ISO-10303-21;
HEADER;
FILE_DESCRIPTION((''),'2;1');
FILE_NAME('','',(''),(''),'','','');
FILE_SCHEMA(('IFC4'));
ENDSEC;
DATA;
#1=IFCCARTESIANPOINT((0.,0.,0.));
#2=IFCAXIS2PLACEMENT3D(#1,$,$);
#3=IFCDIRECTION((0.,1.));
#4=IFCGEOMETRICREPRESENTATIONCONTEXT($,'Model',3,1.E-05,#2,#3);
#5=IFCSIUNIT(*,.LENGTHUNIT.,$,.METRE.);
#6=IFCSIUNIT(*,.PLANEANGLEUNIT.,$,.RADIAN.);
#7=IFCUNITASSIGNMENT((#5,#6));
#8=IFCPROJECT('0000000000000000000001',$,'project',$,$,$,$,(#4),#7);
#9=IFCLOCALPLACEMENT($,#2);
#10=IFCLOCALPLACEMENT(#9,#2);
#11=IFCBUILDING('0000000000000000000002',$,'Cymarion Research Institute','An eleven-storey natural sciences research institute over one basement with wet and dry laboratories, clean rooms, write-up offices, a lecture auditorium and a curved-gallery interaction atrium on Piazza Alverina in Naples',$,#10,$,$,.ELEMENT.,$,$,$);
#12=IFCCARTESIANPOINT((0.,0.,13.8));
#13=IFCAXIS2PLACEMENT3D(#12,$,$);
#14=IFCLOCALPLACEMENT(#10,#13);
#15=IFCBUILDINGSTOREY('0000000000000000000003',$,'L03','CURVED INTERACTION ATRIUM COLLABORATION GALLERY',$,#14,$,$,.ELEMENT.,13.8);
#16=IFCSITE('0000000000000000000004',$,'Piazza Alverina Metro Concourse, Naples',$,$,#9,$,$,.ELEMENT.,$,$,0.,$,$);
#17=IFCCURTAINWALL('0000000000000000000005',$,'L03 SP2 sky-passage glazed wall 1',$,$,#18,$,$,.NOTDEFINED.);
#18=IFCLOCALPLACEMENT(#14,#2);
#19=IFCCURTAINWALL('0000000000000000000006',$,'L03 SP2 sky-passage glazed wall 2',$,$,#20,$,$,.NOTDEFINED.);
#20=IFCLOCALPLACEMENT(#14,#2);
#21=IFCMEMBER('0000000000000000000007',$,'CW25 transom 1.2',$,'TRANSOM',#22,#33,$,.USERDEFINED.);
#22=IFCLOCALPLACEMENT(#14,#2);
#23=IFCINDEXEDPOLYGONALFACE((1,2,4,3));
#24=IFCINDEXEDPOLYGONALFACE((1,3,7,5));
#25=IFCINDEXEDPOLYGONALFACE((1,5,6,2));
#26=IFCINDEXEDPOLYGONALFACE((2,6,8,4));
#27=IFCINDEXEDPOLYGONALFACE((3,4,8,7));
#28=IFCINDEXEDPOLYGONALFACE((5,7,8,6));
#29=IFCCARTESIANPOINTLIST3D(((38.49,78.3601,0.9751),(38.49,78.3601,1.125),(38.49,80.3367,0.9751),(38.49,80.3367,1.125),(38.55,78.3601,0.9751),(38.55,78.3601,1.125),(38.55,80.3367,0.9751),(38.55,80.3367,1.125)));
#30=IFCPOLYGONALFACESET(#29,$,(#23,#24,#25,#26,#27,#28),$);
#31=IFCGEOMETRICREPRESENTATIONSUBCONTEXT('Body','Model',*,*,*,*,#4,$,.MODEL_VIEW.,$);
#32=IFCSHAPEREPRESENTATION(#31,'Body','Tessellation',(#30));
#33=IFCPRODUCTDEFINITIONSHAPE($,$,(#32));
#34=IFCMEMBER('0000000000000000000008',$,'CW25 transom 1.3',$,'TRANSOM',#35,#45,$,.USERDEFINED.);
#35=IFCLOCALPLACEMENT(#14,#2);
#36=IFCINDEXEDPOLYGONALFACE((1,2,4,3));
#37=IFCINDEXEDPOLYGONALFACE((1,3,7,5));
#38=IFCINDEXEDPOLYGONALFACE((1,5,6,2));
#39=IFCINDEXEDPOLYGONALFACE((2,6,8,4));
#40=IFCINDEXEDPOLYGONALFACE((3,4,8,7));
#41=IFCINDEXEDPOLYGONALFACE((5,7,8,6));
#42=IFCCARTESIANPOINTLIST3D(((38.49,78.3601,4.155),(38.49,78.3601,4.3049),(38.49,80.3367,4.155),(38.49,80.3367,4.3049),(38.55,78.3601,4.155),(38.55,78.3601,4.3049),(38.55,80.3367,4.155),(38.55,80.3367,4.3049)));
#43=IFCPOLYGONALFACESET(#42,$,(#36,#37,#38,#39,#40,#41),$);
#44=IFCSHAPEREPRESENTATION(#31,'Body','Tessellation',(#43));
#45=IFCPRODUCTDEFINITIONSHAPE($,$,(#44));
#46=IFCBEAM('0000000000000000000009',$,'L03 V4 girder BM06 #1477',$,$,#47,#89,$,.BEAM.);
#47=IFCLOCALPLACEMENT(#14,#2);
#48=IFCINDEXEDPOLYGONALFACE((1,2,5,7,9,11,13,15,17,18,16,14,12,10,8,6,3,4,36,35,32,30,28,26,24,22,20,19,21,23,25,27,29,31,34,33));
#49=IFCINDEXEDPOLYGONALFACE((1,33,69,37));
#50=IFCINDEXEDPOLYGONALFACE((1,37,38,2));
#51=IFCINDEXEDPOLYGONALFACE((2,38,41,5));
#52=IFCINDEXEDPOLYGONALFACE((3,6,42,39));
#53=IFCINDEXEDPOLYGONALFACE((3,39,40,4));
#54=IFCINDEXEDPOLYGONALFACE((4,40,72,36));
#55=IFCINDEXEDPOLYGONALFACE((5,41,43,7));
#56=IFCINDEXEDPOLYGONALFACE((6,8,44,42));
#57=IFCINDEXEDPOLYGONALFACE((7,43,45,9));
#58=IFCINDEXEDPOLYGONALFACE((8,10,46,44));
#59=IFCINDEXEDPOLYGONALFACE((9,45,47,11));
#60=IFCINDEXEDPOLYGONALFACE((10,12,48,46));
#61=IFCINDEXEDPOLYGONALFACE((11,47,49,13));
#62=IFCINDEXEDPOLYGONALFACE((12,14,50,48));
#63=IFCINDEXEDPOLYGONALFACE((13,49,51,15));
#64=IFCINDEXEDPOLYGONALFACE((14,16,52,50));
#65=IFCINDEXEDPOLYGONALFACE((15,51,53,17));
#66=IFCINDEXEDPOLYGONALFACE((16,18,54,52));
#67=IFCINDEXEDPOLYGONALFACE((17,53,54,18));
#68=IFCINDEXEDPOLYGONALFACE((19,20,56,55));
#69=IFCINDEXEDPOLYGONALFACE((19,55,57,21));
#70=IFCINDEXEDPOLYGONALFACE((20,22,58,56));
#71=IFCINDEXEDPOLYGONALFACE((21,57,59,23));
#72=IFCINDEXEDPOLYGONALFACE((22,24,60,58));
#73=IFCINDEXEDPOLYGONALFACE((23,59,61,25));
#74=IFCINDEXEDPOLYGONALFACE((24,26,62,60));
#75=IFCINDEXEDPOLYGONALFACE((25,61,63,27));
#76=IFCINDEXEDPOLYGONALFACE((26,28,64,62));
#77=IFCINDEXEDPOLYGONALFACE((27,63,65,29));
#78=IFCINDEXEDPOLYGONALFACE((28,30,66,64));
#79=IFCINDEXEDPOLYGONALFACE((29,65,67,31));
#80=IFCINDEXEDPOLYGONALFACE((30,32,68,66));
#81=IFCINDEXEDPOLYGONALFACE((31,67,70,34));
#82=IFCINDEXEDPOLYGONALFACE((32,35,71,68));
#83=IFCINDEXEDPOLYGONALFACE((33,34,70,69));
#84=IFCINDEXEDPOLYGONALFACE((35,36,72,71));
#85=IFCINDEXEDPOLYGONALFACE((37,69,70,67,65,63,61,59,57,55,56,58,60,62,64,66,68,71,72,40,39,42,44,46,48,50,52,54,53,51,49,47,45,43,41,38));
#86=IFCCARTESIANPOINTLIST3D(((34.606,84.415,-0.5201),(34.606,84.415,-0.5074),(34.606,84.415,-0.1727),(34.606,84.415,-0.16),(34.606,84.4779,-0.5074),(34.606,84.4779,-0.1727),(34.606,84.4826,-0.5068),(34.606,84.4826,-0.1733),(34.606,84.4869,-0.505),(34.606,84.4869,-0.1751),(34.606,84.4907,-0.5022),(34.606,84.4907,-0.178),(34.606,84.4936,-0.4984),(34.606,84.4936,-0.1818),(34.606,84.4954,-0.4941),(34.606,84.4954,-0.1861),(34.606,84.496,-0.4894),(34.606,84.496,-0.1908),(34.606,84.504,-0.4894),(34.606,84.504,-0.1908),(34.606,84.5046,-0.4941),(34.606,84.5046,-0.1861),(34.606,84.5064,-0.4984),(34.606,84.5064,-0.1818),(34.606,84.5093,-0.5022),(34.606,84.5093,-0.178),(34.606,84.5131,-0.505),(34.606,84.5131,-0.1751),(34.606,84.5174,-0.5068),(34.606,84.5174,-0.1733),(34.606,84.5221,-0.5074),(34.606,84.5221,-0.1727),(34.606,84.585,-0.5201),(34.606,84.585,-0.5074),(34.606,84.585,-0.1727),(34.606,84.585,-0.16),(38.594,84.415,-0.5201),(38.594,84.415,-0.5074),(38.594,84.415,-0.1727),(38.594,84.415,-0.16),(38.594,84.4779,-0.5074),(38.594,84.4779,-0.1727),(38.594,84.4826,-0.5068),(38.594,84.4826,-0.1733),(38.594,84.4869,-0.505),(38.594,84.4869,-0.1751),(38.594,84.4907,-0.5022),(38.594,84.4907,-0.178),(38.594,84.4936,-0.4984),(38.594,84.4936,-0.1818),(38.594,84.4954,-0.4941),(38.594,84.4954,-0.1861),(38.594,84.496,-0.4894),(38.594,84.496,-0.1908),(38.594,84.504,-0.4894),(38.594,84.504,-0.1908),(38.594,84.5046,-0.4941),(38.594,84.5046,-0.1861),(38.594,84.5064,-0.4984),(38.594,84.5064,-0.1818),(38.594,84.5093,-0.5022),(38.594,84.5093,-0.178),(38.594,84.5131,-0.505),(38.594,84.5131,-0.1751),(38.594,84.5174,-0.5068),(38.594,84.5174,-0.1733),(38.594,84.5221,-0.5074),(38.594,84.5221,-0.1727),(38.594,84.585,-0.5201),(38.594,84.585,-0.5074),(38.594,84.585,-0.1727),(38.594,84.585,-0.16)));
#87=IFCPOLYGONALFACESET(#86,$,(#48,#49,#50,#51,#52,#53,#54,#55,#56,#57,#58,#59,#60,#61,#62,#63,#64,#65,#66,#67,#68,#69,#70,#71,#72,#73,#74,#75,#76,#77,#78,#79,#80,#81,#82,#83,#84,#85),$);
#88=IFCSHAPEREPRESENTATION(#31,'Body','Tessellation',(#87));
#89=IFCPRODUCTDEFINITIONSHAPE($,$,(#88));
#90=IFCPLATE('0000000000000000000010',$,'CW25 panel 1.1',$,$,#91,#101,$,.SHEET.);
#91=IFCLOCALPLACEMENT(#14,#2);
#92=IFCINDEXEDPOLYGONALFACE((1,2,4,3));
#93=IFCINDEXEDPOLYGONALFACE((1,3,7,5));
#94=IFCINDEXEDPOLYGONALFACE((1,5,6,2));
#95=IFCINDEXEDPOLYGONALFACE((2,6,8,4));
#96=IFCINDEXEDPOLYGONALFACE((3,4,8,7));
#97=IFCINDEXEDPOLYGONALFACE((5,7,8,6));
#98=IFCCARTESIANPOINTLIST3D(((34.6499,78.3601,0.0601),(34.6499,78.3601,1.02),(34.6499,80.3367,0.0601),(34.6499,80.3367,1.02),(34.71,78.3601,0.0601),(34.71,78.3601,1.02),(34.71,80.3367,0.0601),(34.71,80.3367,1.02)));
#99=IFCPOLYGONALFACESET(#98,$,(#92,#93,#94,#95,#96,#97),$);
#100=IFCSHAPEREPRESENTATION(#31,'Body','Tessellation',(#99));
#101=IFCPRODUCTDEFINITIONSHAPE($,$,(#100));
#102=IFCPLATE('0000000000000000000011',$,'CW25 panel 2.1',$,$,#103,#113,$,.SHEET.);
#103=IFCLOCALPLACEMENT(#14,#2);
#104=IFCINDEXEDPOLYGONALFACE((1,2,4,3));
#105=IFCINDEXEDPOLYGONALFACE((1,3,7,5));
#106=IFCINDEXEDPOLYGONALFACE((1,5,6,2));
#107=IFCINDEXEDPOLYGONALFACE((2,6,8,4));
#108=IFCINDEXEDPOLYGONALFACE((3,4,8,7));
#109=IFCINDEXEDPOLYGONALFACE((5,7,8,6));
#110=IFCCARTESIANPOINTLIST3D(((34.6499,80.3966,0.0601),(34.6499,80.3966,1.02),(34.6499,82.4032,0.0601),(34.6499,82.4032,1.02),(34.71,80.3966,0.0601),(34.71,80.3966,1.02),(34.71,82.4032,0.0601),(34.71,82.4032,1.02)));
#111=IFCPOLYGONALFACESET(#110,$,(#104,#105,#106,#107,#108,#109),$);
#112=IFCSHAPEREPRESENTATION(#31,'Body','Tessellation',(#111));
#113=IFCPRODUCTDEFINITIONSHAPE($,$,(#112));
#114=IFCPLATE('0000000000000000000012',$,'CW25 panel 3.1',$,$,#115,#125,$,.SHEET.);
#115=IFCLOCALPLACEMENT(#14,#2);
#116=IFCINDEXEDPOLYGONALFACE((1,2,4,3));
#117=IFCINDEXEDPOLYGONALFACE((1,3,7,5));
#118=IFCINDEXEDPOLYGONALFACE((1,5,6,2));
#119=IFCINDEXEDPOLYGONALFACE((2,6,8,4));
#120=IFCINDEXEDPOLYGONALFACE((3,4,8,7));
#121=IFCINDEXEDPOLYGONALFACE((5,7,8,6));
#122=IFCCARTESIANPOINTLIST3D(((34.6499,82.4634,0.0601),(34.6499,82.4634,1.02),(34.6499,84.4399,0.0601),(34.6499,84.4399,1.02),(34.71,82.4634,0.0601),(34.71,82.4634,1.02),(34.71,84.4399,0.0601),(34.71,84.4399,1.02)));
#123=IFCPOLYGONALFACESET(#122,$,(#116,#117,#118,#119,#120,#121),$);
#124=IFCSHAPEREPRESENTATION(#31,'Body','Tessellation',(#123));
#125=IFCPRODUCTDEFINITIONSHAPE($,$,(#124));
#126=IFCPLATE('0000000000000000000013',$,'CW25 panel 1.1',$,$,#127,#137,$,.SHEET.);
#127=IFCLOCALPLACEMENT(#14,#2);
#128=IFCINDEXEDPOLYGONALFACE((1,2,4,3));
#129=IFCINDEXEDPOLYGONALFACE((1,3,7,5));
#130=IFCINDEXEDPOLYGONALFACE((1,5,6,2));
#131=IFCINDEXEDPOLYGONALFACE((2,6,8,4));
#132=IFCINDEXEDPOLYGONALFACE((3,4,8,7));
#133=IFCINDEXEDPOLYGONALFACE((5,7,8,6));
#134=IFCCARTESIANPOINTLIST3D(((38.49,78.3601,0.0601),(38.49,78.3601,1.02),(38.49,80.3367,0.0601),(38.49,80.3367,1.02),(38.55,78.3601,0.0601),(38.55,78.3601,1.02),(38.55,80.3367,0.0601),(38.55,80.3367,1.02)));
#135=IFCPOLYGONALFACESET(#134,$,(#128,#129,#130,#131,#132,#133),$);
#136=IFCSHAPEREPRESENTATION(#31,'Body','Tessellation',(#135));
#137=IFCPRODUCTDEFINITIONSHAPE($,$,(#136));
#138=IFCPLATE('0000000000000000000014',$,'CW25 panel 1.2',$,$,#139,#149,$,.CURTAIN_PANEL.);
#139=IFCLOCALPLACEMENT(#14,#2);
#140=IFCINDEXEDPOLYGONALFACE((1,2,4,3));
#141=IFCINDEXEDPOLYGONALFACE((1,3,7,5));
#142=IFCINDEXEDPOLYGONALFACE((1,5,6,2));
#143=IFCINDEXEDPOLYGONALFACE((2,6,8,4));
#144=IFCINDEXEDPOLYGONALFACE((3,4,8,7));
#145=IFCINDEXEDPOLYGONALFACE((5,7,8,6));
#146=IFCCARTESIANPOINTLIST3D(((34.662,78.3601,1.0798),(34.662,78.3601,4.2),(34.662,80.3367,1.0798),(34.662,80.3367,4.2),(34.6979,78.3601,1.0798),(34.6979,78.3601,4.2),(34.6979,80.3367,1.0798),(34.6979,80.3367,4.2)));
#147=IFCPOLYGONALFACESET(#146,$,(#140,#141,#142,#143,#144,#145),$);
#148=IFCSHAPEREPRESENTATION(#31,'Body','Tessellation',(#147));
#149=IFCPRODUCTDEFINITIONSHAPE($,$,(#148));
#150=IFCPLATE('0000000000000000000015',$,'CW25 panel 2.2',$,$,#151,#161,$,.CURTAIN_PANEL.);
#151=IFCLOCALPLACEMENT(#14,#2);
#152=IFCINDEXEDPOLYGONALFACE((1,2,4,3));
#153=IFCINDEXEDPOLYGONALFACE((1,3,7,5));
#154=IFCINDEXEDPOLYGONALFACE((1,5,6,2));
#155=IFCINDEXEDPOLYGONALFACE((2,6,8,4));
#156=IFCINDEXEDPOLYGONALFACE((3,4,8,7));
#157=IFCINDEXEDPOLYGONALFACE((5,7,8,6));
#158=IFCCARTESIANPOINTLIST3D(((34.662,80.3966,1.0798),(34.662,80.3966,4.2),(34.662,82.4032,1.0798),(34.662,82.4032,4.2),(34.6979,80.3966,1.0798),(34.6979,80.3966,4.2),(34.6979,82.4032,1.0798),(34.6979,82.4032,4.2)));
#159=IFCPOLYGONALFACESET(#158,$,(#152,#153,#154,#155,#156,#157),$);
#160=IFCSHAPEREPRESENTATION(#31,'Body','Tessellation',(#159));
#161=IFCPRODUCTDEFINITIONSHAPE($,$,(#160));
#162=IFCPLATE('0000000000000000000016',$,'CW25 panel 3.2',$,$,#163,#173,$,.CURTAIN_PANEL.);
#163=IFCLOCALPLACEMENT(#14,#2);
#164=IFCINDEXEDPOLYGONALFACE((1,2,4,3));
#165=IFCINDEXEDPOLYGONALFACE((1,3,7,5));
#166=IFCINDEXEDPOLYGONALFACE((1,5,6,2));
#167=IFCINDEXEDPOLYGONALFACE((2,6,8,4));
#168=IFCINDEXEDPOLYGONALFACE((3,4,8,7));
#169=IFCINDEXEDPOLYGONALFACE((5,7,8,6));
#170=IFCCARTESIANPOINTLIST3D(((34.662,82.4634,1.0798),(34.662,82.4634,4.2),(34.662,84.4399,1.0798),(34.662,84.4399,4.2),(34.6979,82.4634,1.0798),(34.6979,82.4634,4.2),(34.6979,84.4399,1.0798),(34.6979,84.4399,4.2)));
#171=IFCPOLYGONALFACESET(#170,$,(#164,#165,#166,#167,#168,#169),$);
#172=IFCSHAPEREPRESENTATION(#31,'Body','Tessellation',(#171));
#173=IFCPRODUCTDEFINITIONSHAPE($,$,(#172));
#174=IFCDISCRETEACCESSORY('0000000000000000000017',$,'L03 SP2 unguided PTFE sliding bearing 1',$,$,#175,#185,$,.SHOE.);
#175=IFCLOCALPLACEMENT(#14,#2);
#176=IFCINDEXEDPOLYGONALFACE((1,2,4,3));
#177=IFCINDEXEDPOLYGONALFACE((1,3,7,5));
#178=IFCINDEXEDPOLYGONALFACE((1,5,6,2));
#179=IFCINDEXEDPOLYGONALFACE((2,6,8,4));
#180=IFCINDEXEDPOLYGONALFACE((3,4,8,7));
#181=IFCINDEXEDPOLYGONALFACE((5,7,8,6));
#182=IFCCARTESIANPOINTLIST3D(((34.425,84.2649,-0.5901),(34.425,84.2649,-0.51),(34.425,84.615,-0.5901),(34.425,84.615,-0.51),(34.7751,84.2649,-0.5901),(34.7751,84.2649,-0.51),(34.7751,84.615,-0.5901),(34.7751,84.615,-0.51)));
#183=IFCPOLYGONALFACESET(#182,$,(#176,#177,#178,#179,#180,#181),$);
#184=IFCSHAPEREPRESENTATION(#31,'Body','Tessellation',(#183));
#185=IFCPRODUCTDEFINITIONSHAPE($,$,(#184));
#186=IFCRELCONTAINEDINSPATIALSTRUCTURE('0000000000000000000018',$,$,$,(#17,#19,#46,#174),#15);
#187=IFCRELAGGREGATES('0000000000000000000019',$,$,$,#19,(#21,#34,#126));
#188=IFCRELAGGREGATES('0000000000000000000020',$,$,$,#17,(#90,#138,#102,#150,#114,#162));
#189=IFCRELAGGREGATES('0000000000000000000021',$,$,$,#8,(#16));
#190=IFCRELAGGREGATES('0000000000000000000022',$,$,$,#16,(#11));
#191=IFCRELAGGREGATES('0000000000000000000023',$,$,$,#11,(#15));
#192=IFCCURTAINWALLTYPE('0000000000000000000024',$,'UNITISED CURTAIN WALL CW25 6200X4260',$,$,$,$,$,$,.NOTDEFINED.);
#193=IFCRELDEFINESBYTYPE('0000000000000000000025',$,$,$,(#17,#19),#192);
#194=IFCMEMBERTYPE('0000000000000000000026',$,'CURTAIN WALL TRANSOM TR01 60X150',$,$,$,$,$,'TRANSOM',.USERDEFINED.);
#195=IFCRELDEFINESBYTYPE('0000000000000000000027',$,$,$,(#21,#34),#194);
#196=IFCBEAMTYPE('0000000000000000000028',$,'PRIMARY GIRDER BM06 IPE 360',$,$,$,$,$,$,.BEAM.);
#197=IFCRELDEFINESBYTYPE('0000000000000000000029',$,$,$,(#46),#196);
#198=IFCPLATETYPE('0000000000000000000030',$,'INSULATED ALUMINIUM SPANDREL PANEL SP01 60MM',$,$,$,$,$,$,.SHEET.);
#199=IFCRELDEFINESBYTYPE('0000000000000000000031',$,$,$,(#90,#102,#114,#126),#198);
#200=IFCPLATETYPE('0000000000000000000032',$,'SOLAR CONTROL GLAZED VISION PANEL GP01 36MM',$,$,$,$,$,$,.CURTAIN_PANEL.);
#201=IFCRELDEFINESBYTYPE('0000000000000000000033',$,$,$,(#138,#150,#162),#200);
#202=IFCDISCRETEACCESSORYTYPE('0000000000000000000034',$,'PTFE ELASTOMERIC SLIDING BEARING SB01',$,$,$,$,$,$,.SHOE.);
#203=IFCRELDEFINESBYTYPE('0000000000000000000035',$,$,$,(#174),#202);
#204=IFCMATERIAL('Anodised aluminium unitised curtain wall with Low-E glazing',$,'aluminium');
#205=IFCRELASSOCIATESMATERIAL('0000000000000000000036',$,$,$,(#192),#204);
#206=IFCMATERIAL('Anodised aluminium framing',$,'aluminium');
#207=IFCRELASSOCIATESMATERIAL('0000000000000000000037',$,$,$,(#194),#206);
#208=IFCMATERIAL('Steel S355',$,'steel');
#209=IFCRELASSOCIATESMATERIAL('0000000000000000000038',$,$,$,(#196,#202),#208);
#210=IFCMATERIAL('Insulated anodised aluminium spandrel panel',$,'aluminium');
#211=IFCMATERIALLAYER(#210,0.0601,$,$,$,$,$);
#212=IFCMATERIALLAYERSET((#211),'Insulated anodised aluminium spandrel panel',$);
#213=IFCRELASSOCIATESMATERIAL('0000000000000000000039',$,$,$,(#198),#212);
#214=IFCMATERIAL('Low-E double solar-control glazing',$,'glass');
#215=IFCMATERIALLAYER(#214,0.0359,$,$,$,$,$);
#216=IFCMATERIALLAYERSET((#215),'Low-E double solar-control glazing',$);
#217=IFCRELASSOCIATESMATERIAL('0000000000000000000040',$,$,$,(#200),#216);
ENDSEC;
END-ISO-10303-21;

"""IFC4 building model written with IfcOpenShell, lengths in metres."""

from ifc_helpers import new_model, si_unit, direction, frame, origin, origin_2d, place, context, subcontext, project, spatial, rectangle, i_section, extrude, material, layer, layer_set, material_profile, profile_set, type_object, element, aggregate, save


model = new_model("IFC4")

# Units and contexts
model_context = context("Model", 3, precision=1e-05, world=origin(), true_north=direction((0.0, 1.0)))
body_context = subcontext(model_context, "Body", "Model", "MODEL_VIEW")
ifc_project = project(units=[si_unit("LENGTHUNIT", "METRE"), si_unit("PLANEANGLEUNIT", "RADIAN")], contexts=[model_context])

# Site, building, storey
site_placement = place(None, origin())
site = spatial("IfcSite", under=ifc_project, at=site_placement, Name="Piazza Alverina Metro Concourse, Naples", CompositionType="ELEMENT", RefElevation=0.0)
building_placement = place(site_placement, origin())
building = spatial("IfcBuilding", under=site, at=building_placement, Name="Cymarion Research Institute", Description="An eleven-storey natural sciences research institute over one basement with wet and dry laboratories, clean rooms, write-up offices, a lecture auditorium and a curved-gallery interaction atrium on Piazza Alverina in Naples", CompositionType="ELEMENT")
storey_placement = place(building_placement, frame((0.0, 0.0, 13.8)))
storey = spatial("IfcBuildingStorey", under=building, at=storey_placement, Name="L03", Description="CURVED INTERACTION ATRIUM COLLABORATION GALLERY", CompositionType="ELEMENT", Elevation=13.8)

# Shared definitions
ifc_material_1 = material(Name="Steel S355", Category="steel")

# Curtain walls, members
ifc_material_2 = material(Name="Anodised aluminium unitised curtain wall with Low-E glazing", Category="aluminium")
curtain_wall_type = type_object("IfcCurtainWallType", Name="UNITISED CURTAIN WALL CW25 6200X4260", PredefinedType="NOTDEFINED", material=ifc_material_2)
curtain_wall_1_placement = place(storey_placement, origin())
curtain_wall_1 = element("IfcCurtainWall", 1, at=curtain_wall_1_placement, inside=storey, type_object=curtain_wall_type, Name="L03 SP2 sky-passage glazed wall 1", PredefinedType="NOTDEFINED")
ifc_material_3 = material(Name="Anodised aluminium framing", Category="aluminium")
ifc_material_profile_1 = material_profile(ifc_material_3, rectangle(XDim=0.0601, YDim=0.1499, at=origin_2d()), Name="ALU TRANSOM 60x150")
ifc_profile_set_1 = profile_set([ifc_material_profile_1], Name="Anodised aluminium framing")
member_type_1 = type_object("IfcMemberType", Name="CURTAIN WALL TRANSOM TR01 60X150", ElementType="TRANSOM", PredefinedType="USERDEFINED", material=ifc_profile_set_1)
curtain_wall_2_placement = place(storey_placement, origin())
curtain_wall_2 = element("IfcCurtainWall", 2, at=curtain_wall_2_placement, inside=storey, type_object=curtain_wall_type, Name="L03 SP2 sky-passage glazed wall 2", PredefinedType="NOTDEFINED")
member_1_placement = place(storey_placement, frame((38.52, 78.3601, 1.05), z_axis=(0.0, 1.0, 0.0), x_axis=(-1.0, 0.0, 0.0)))
member_1 = element("IfcMember", 3, at=member_1_placement, type_object=member_type_1, Name="CW25 transom 1.2", ObjectType="TRANSOM", PredefinedType="USERDEFINED", context=body_context, shape_type="SweptSolid", body=[
    extrude(rectangle(XDim=0.0601, YDim=0.1499, at=origin_2d()), origin(), (0.0, 0.0, 1.0), 1.9766),
])
member_2_placement = place(storey_placement, frame((38.52, 78.3601, 4.23), z_axis=(0.0, 1.0, 0.0), x_axis=(-1.0, 0.0, 0.0)))
member_2 = element("IfcMember", 4, at=member_2_placement, type_object=member_type_1, Name="CW25 transom 1.3", ObjectType="TRANSOM", PredefinedType="USERDEFINED", context=body_context, shape_type="SweptSolid", body=[
    extrude(rectangle(XDim=0.0601, YDim=0.1499, at=origin_2d()), origin(), (0.0, 0.0, 1.0), 1.9766),
])

# Beam
ifc_material_profile_2 = material_profile(ifc_material_1, i_section(OverallWidth=0.1699, OverallDepth=0.3601, WebThickness=0.0081, FlangeThickness=0.0127, FilletRadius=0.0181, at=origin_2d()), Name="IPE 360")
ifc_profile_set_2 = profile_set([ifc_material_profile_2], Name="Steel S355")
beam_type = type_object("IfcBeamType", Name="PRIMARY GIRDER BM06 IPE 360", PredefinedType="BEAM", material=ifc_profile_set_2)
beam_placement = place(storey_placement, frame((34.606, 84.5, -0.3401), z_axis=(1.0, 0.0, 0.0), x_axis=(0.0, 1.0, 0.0)))
element("IfcBeam", 5, at=beam_placement, inside=storey, type_object=beam_type, Name="L03 V4 girder BM06 #1477", PredefinedType="BEAM", context=body_context, shape_type="SweptSolid", body=[
    extrude(i_section(OverallWidth=0.1699, OverallDepth=0.3601, WebThickness=0.0081, FlangeThickness=0.0127, FilletRadius=0.0181, at=origin_2d()), origin(), (0.0, 0.0, 1.0), 3.988),
])

# Plates
ifc_material_4 = material(Name="Insulated anodised aluminium spandrel panel", Category="aluminium")
ifc_layer_1 = layer(ifc_material_4, 0.0601)
ifc_layer_set_1 = layer_set([ifc_layer_1], Name="Insulated anodised aluminium spandrel panel")
plate_type_1 = type_object("IfcPlateType", Name="INSULATED ALUMINIUM SPANDREL PANEL SP01 60MM", PredefinedType="SHEET", material=ifc_layer_set_1)
plate_1_placement = place(storey_placement, frame((34.6799, 79.3484, 0.0601), z_axis=(0.0, 0.0, 1.0), x_axis=(0.0, 1.0, 0.0)))
plate_1 = element("IfcPlate", 6, at=plate_1_placement, type_object=plate_type_1, Name="CW25 panel 1.1", PredefinedType="SHEET", context=body_context, shape_type="SweptSolid", body=[
    extrude(rectangle(XDim=1.9766, YDim=0.0601, at=origin_2d()), origin(), (0.0, 0.0, 1.0), 0.96),
])
plate_2_placement = place(storey_placement, frame((34.6799, 81.3999, 0.0601), z_axis=(0.0, 0.0, 1.0), x_axis=(0.0, 1.0, 0.0)))
plate_2 = element("IfcPlate", 7, at=plate_2_placement, type_object=plate_type_1, Name="CW25 panel 2.1", PredefinedType="SHEET", context=body_context, shape_type="SweptSolid", body=[
    extrude(rectangle(XDim=2.0066, YDim=0.0601, at=origin_2d()), origin(), (0.0, 0.0, 1.0), 0.96),
])
plate_3_placement = place(storey_placement, frame((34.6799, 83.4517, 0.0601), z_axis=(0.0, 0.0, 1.0), x_axis=(0.0, 1.0, 0.0)))
plate_3 = element("IfcPlate", 8, at=plate_3_placement, type_object=plate_type_1, Name="CW25 panel 3.1", PredefinedType="SHEET", context=body_context, shape_type="SweptSolid", body=[
    extrude(rectangle(XDim=1.9766, YDim=0.0601, at=origin_2d()), origin(), (0.0, 0.0, 1.0), 0.96),
])
plate_4_placement = place(storey_placement, frame((38.52, 79.3484, 0.0601), z_axis=(0.0, 0.0, 1.0), x_axis=(0.0, 1.0, 0.0)))
plate_4 = element("IfcPlate", 9, at=plate_4_placement, type_object=plate_type_1, Name="CW25 panel 1.1", PredefinedType="SHEET", context=body_context, shape_type="SweptSolid", body=[
    extrude(rectangle(XDim=1.9766, YDim=0.0601, at=origin_2d()), origin(), (0.0, 0.0, 1.0), 0.96),
])
aggregate(curtain_wall_2, [member_1, member_2, plate_4])
ifc_material_5 = material(Name="Low-E double solar-control glazing", Category="glass")
ifc_layer_2 = layer(ifc_material_5, 0.0359)
ifc_layer_set_2 = layer_set([ifc_layer_2], Name="Low-E double solar-control glazing")
plate_type_2 = type_object("IfcPlateType", Name="SOLAR CONTROL GLAZED VISION PANEL GP01 36MM", PredefinedType="CURTAIN_PANEL", material=ifc_layer_set_2)
plate_5_placement = place(storey_placement, frame((34.6799, 79.3484, 1.0798), z_axis=(0.0, 0.0, 1.0), x_axis=(0.0, 1.0, 0.0)))
plate_5 = element("IfcPlate", 10, at=plate_5_placement, type_object=plate_type_2, Name="CW25 panel 1.2", PredefinedType="CURTAIN_PANEL", context=body_context, shape_type="SweptSolid", body=[
    extrude(rectangle(XDim=1.9766, YDim=0.0359, at=origin_2d()), origin(), (0.0, 0.0, 1.0), 3.1201),
])
plate_6_placement = place(storey_placement, frame((34.6799, 81.3999, 1.0798), z_axis=(0.0, 0.0, 1.0), x_axis=(0.0, 1.0, 0.0)))
plate_6 = element("IfcPlate", 11, at=plate_6_placement, type_object=plate_type_2, Name="CW25 panel 2.2", PredefinedType="CURTAIN_PANEL", context=body_context, shape_type="SweptSolid", body=[
    extrude(rectangle(XDim=2.0066, YDim=0.0359, at=origin_2d()), origin(), (0.0, 0.0, 1.0), 3.1201),
])
plate_7_placement = place(storey_placement, frame((34.6799, 83.4517, 1.0798), z_axis=(0.0, 0.0, 1.0), x_axis=(0.0, 1.0, 0.0)))
plate_7 = element("IfcPlate", 12, at=plate_7_placement, type_object=plate_type_2, Name="CW25 panel 3.2", PredefinedType="CURTAIN_PANEL", context=body_context, shape_type="SweptSolid", body=[
    extrude(rectangle(XDim=1.9766, YDim=0.0359, at=origin_2d()), origin(), (0.0, 0.0, 1.0), 3.1201),
])
aggregate(curtain_wall_1, [plate_1, plate_5, plate_2, plate_6, plate_3, plate_7])

# Discrete accessory
discrete_accessory_type_1 = type_object("IfcDiscreteAccessoryType", Name="PTFE ELASTOMERIC SLIDING BEARING SB01", PredefinedType="SHOE", material=ifc_material_1)
discrete_accessory_1_placement = place(storey_placement, frame((34.6001, 84.4399, -0.5901), z_axis=(0.0, 0.0, 1.0), x_axis=(1.0, 0.0, 0.0)))
element("IfcDiscreteAccessory", 13, at=discrete_accessory_1_placement, inside=storey, type_object=discrete_accessory_type_1, Name="L03 SP2 unguided PTFE sliding bearing 1", PredefinedType="SHOE", context=body_context, shape_type="SweptSolid", body=[
    extrude(rectangle(XDim=0.3501, YDim=0.3501, at=origin_2d()), origin(), (0.0, 0.0, 1.0), 0.0801),
])

save(model, "model.ifc")
